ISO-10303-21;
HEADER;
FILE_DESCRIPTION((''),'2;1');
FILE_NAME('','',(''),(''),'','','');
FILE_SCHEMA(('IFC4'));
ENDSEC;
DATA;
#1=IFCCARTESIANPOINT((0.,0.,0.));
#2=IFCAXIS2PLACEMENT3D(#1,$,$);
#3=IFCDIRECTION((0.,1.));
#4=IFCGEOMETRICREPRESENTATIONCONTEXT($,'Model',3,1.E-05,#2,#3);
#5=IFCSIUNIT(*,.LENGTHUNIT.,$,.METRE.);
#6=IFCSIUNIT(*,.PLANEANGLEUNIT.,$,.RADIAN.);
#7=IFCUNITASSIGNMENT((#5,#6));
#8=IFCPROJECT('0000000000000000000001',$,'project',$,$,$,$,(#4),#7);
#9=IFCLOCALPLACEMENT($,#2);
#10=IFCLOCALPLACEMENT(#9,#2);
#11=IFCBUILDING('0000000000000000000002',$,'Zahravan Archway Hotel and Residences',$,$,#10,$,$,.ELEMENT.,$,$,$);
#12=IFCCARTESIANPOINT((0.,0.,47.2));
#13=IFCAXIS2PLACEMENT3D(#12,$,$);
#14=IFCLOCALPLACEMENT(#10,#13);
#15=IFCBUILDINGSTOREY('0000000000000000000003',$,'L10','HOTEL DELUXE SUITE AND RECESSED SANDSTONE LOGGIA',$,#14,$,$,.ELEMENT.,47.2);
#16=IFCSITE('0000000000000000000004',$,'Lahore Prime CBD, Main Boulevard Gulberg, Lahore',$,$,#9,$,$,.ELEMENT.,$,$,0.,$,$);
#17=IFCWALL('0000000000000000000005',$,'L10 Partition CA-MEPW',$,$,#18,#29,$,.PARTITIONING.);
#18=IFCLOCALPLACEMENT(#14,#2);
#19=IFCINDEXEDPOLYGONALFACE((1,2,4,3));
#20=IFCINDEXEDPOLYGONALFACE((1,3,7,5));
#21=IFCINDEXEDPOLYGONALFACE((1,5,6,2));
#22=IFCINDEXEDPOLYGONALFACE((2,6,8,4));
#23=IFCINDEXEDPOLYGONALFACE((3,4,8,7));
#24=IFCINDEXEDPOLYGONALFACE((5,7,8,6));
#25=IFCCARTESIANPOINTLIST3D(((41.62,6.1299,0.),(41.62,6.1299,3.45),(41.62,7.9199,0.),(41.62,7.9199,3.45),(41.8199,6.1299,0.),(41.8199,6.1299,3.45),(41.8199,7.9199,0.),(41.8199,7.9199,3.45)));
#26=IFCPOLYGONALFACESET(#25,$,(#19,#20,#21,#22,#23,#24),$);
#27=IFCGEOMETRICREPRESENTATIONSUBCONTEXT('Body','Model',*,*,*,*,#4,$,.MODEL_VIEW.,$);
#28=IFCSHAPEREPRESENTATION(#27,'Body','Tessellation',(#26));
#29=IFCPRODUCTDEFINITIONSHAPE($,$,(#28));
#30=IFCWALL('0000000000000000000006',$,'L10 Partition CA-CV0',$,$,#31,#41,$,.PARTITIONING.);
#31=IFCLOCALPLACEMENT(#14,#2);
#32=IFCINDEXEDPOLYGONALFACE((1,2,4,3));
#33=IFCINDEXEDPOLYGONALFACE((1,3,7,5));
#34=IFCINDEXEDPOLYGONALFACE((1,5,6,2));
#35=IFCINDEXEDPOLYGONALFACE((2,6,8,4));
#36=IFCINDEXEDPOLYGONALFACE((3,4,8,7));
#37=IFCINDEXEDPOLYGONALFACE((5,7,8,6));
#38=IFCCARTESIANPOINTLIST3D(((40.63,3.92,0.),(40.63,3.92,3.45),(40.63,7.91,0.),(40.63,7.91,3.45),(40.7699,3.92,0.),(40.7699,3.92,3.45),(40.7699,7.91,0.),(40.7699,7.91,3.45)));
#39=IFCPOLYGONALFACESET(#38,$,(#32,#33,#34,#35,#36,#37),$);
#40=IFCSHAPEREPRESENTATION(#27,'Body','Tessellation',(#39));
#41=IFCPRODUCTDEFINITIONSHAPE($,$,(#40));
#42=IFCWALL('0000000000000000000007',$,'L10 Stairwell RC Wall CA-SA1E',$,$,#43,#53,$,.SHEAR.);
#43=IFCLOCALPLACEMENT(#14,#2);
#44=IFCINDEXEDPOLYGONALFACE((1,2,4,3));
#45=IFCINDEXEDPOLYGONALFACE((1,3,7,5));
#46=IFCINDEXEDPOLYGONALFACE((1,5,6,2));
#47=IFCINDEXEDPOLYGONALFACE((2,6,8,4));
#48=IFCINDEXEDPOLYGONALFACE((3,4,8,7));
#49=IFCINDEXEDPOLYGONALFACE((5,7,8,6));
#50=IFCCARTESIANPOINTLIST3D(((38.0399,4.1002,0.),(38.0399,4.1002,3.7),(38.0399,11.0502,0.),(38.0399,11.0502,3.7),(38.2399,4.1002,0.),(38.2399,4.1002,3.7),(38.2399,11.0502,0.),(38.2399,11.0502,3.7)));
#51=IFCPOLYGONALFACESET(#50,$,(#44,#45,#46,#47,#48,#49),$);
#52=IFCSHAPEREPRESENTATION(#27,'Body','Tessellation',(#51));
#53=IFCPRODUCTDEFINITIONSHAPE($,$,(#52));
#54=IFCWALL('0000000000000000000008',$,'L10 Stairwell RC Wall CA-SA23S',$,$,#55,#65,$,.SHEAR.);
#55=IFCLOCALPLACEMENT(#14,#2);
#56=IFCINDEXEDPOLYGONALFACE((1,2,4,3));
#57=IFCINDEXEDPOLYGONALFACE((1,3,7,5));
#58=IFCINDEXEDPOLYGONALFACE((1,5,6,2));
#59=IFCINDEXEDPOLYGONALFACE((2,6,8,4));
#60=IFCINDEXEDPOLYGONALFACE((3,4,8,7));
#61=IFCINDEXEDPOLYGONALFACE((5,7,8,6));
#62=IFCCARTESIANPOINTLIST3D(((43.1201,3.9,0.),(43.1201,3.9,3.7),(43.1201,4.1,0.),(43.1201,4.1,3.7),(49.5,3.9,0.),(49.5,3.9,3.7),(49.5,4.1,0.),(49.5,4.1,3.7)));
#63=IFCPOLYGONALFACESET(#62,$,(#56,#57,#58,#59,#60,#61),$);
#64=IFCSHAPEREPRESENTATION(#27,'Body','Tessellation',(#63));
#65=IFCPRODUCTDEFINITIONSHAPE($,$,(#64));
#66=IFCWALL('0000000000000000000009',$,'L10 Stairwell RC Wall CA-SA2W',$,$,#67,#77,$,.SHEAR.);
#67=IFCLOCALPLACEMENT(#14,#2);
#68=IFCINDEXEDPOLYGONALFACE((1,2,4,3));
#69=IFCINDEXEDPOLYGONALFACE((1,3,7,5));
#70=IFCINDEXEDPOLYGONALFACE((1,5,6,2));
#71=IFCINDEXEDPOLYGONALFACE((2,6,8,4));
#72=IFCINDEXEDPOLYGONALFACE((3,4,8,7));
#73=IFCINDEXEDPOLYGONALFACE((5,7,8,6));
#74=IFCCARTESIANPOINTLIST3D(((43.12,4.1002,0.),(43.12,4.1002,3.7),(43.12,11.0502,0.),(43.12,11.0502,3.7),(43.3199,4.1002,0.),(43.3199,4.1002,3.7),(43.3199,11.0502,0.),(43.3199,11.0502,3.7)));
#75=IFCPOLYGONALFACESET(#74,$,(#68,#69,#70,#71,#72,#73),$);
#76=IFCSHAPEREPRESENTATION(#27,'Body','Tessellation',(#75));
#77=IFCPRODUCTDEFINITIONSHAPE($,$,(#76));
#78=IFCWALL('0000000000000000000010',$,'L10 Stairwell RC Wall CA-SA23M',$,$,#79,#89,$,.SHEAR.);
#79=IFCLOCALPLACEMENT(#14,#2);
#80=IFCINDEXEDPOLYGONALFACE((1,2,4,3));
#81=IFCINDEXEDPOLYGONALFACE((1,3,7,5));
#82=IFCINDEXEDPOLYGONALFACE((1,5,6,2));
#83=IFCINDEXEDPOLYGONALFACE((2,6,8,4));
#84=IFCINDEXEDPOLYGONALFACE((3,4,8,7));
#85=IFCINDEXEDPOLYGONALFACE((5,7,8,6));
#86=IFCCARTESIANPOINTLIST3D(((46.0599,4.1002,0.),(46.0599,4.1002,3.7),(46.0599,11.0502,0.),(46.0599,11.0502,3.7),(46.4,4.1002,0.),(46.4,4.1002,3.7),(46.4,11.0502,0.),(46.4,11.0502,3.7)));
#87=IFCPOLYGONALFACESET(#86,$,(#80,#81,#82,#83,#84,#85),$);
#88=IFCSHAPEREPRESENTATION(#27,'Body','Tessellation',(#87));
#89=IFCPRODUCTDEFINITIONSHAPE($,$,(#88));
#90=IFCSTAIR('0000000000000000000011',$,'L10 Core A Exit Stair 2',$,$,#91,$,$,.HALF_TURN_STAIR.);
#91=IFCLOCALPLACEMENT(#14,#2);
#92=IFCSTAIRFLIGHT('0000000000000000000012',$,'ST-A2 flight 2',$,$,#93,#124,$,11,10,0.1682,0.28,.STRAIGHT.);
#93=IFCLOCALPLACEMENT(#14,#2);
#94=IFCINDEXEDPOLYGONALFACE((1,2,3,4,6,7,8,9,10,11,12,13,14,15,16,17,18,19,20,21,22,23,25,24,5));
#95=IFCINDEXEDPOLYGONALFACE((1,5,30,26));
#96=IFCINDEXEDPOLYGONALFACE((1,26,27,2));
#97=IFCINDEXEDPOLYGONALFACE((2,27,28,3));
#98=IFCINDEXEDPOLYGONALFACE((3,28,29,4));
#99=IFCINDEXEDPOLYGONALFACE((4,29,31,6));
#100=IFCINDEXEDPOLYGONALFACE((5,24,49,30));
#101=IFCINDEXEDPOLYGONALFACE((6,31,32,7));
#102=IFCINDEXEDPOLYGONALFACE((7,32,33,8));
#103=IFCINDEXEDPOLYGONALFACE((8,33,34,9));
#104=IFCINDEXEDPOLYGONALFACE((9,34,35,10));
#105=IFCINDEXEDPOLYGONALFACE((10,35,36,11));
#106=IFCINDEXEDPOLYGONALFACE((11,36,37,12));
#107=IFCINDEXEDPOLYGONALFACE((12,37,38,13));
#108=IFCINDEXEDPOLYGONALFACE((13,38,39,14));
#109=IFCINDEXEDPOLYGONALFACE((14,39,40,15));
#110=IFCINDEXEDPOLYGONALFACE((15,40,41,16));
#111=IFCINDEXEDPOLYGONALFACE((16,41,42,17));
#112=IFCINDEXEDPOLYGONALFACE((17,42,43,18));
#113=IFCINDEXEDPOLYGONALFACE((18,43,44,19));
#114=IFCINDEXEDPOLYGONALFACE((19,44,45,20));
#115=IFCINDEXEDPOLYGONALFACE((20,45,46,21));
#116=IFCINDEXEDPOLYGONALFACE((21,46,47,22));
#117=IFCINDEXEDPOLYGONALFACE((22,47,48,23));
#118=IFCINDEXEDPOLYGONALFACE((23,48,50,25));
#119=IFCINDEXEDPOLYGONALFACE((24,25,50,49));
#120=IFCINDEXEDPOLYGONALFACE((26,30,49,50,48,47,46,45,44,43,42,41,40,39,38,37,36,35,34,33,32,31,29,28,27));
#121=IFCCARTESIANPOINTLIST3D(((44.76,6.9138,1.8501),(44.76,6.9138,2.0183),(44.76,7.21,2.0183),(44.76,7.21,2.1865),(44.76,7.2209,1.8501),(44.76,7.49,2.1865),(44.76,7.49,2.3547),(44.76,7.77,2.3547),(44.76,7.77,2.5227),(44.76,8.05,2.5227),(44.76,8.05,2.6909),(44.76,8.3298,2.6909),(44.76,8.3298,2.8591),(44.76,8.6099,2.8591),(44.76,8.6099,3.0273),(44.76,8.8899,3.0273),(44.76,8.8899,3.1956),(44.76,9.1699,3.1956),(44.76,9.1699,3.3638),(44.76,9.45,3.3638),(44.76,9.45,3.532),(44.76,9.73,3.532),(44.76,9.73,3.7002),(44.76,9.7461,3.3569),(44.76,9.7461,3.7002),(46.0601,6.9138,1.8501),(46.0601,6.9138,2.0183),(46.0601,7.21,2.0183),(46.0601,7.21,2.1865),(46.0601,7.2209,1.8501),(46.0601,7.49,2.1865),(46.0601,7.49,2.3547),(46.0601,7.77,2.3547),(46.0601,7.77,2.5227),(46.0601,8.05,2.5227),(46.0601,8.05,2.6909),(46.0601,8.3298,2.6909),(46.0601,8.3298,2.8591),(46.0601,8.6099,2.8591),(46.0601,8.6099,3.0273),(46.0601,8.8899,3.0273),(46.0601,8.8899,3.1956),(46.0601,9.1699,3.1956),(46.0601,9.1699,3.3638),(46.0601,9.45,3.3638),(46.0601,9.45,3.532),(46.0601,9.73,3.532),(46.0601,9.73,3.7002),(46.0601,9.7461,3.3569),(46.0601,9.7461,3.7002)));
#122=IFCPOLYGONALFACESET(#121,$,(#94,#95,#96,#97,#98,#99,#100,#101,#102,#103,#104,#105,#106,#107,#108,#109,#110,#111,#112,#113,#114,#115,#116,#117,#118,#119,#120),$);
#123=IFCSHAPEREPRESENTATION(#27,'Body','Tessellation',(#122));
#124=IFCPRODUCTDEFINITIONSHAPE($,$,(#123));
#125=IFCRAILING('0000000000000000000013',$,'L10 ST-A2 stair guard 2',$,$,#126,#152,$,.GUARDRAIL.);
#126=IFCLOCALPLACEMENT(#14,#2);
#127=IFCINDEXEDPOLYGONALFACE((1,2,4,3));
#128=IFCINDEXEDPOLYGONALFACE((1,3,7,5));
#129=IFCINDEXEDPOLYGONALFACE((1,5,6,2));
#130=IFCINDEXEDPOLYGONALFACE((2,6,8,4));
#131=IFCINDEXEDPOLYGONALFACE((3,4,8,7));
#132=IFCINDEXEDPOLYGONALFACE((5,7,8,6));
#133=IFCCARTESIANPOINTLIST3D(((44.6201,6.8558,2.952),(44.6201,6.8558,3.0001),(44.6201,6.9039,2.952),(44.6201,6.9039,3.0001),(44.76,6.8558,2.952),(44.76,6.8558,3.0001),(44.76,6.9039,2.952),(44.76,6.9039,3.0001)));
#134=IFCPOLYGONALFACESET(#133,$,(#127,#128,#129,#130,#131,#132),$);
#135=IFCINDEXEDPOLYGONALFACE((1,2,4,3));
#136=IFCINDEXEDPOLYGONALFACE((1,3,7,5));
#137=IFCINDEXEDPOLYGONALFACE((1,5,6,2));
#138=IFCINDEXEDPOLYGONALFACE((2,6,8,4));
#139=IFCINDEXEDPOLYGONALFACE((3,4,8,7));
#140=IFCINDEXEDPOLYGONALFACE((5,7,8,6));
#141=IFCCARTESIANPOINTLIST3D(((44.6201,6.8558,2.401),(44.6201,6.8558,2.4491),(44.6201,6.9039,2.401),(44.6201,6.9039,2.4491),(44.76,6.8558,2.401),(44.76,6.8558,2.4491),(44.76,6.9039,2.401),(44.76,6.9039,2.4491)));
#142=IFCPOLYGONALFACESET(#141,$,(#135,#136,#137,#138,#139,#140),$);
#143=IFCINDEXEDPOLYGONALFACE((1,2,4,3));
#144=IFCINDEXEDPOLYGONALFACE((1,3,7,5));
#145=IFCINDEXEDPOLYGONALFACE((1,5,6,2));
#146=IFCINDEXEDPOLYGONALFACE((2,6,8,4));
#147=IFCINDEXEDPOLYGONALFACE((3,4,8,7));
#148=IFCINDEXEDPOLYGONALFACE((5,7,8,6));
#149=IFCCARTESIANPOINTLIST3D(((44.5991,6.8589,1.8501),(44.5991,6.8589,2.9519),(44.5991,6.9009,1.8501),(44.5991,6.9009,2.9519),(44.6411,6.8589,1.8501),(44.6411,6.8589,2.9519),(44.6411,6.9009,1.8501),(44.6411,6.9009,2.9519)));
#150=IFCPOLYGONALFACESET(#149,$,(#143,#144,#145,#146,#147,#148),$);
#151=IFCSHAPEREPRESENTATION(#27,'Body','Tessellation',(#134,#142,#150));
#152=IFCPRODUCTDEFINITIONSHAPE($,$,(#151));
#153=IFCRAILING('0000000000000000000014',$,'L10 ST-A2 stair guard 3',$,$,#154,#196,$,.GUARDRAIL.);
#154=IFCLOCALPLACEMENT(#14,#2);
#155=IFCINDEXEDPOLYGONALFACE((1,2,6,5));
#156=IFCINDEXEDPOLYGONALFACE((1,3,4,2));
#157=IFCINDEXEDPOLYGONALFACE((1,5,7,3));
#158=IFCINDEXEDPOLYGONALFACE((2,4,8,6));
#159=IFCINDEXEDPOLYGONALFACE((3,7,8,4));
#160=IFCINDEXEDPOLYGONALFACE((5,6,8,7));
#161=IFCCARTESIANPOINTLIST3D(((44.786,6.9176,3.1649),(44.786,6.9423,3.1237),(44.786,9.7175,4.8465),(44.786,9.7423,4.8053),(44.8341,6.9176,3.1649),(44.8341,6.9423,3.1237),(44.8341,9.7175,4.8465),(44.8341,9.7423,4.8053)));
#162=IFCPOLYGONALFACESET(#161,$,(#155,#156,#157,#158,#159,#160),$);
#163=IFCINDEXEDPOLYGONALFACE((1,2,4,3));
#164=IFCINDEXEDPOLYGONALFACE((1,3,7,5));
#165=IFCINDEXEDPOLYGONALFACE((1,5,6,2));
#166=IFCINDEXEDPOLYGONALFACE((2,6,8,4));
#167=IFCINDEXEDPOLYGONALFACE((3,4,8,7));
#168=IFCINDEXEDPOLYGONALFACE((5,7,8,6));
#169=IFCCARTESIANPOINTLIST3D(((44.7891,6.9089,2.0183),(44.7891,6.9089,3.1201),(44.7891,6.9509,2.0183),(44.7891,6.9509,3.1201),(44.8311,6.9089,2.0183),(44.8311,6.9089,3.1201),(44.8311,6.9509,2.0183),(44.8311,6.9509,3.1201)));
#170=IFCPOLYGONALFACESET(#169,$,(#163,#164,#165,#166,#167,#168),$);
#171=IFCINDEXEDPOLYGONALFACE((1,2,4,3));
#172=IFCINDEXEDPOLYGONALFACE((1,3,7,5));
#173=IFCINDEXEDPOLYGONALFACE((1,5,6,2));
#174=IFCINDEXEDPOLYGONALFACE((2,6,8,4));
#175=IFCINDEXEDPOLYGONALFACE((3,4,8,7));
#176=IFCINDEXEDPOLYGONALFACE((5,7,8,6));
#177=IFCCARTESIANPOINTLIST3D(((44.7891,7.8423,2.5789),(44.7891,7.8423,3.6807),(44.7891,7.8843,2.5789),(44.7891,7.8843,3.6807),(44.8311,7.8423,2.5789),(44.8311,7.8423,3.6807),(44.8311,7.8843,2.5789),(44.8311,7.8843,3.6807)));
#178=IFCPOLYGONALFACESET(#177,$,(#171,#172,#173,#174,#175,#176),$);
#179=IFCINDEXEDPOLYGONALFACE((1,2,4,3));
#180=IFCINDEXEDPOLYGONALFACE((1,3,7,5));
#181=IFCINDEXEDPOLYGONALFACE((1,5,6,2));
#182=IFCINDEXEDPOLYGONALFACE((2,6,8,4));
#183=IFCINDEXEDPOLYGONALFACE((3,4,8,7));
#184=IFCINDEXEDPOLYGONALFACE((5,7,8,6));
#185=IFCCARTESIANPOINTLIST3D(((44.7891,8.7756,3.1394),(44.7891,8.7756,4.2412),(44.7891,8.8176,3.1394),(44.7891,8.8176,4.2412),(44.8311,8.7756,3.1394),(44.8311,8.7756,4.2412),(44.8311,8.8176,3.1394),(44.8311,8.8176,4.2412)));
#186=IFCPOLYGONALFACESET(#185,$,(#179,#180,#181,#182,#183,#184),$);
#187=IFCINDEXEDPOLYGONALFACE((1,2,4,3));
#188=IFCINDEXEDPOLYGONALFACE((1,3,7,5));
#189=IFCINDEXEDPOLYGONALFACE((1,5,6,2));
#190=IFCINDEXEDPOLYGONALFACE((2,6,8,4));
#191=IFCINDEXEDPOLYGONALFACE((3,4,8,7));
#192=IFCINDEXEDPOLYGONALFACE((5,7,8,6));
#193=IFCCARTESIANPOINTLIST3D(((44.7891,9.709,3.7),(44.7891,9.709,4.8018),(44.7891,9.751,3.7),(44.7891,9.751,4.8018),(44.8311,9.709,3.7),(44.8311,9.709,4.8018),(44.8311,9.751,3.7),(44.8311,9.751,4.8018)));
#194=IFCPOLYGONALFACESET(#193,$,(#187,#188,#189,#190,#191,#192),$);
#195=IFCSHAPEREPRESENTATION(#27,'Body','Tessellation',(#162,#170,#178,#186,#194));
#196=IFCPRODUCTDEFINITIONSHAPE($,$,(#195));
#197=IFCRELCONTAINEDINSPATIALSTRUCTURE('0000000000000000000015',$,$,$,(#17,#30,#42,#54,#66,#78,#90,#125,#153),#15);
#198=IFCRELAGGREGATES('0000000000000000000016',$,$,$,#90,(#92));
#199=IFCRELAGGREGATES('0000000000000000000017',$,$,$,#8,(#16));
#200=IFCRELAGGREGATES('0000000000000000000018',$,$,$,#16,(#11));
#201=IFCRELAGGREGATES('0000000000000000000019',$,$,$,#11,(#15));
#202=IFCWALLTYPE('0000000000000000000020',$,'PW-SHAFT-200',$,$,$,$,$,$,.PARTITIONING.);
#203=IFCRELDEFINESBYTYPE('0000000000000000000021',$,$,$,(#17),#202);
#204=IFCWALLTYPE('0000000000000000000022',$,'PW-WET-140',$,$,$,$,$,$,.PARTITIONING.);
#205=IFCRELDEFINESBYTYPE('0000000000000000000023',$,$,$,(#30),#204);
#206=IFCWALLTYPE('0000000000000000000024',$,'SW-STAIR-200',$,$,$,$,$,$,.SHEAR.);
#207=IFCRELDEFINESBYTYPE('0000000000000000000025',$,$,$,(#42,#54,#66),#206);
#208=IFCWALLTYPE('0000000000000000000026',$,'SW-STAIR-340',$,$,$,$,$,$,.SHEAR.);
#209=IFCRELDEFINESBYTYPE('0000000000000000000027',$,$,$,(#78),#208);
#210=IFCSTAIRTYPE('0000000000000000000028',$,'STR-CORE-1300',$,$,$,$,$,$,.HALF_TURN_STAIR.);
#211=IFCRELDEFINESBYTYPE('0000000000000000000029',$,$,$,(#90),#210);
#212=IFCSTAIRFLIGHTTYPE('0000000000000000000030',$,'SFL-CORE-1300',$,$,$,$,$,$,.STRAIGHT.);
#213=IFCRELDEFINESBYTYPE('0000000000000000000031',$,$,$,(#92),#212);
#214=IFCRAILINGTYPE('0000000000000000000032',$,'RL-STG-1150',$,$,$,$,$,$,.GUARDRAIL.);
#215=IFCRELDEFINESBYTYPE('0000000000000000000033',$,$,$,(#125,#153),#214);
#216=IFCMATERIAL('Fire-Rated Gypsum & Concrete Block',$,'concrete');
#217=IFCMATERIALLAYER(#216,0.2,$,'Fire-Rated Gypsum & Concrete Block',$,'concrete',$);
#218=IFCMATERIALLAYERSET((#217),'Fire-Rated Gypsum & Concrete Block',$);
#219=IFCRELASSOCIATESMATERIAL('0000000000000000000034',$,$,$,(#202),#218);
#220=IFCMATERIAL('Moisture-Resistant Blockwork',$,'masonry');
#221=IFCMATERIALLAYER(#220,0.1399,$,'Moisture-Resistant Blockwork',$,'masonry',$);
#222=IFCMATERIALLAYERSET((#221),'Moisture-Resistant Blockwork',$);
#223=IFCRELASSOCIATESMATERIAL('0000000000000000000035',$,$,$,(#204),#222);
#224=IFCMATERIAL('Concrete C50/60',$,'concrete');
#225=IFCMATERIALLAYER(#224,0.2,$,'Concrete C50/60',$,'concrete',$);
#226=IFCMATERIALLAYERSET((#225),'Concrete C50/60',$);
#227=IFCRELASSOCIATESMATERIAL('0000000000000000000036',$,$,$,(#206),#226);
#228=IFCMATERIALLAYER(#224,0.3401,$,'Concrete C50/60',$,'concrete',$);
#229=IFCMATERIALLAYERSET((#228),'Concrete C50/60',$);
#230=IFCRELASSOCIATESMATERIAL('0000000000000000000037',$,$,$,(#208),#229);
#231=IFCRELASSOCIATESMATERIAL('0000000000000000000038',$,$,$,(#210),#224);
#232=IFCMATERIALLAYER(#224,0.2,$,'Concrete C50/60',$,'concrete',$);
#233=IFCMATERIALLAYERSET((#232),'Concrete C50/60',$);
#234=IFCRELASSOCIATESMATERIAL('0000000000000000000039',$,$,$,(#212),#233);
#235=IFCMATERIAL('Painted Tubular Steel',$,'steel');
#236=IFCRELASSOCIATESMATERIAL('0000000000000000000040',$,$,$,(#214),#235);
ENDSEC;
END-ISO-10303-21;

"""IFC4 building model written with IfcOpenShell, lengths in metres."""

from ifc_helpers import new_model, si_unit, direction, frame, frame_2d, origin, origin_2d, place, context, subcontext, project, spatial, polyline, rectangle, outline, extrude, source, transform, mapped, material, layer, layer_set, type_object, element, aggregate, save


model = new_model("IFC4")

# Units and contexts
model_context = context("Model", 3, precision=1e-05, world=origin(), true_north=direction((0.0, 1.0)))
body_context = subcontext(model_context, "Body", "Model", "MODEL_VIEW")
ifc_project = project(units=[si_unit("LENGTHUNIT", "METRE"), si_unit("PLANEANGLEUNIT", "RADIAN")], contexts=[model_context])

# Site, building, storey
site_placement = place(None, origin())
site = spatial("IfcSite", under=ifc_project, at=site_placement, Name="Lahore Prime CBD, Main Boulevard Gulberg, Lahore", CompositionType="ELEMENT", RefElevation=0.0)
building_placement = place(site_placement, origin())
building = spatial("IfcBuilding", under=site, at=building_placement, Name="Zahravan Archway Hotel and Residences", CompositionType="ELEMENT")
storey_placement = place(building_placement, frame((0.0, 0.0, 47.2)))
storey = spatial("IfcBuildingStorey", under=building, at=storey_placement, Name="L10", Description="HOTEL DELUXE SUITE AND RECESSED SANDSTONE LOGGIA", CompositionType="ELEMENT", Elevation=47.2)

# Shared definitions
ifc_material_1 = material(Name="Fire-Rated Gypsum & Concrete Block", Category="concrete")
ifc_layer_1 = layer(ifc_material_1, 0.2, Name="Fire-Rated Gypsum & Concrete Block", Category="concrete")
ifc_layer_set_1 = layer_set([ifc_layer_1], Name="Fire-Rated Gypsum & Concrete Block")
wall_type_1 = type_object("IfcWallType", Name="PW-SHAFT-200", PredefinedType="PARTITIONING", material=ifc_layer_set_1)

# Walls
wall_1_placement = place(storey_placement, frame((41.72, 6.1299, 0.0), z_axis=(0.0, 0.0, 1.0), x_axis=(0.0, 1.0, 0.0)))
element("IfcWall", 1, at=wall_1_placement, inside=storey, type_object=wall_type_1, Name="L10 Partition CA-MEPW", PredefinedType="PARTITIONING", context=body_context, shape_type="SweptSolid", body=[
    extrude(rectangle(XDim=1.79, YDim=0.2, at=frame_2d((0.895, 0.0))), origin(), (0.0, 0.0, 1.0), 3.45),
])
ifc_material_2 = material(Name="Moisture-Resistant Blockwork", Category="masonry")
ifc_layer_2 = layer(ifc_material_2, 0.1399, Name="Moisture-Resistant Blockwork", Category="masonry")
ifc_layer_set_2 = layer_set([ifc_layer_2], Name="Moisture-Resistant Blockwork")
wall_type_2 = type_object("IfcWallType", Name="PW-WET-140", PredefinedType="PARTITIONING", material=ifc_layer_set_2)
wall_2_placement = place(storey_placement, frame((40.7, 3.9199, 0.0), z_axis=(0.0, 0.0, 1.0), x_axis=(0.0, 1.0, 0.0)))
element("IfcWall", 2, at=wall_2_placement, inside=storey, type_object=wall_type_2, Name="L10 Partition CA-CV0", PredefinedType="PARTITIONING", context=body_context, shape_type="SweptSolid", body=[
    extrude(rectangle(XDim=3.99, YDim=0.1399, at=frame_2d((1.9951, 0.0))), origin(), (0.0, 0.0, 1.0), 3.45),
])
ifc_material_3 = material(Name="Concrete C50/60", Category="concrete")
ifc_layer_3 = layer(ifc_material_3, 0.2, Name="Concrete C50/60", Category="concrete")
ifc_layer_set_3 = layer_set([ifc_layer_3], Name="Concrete C50/60")
wall_type_3 = type_object("IfcWallType", Name="SW-STAIR-200", PredefinedType="SHEAR", material=ifc_layer_set_3)
wall_3_placement = place(storey_placement, frame((38.1399, 4.1001, 0.0), z_axis=(0.0, 0.0, 1.0), x_axis=(0.0, 1.0, 0.0)))
element("IfcWall", 3, at=wall_3_placement, inside=storey, type_object=wall_type_3, Name="L10 Stairwell RC Wall CA-SA1E", PredefinedType="SHEAR", context=body_context, shape_type="SweptSolid", body=[
    extrude(rectangle(XDim=6.95, YDim=0.2, at=frame_2d((3.4751, 0.0))), origin(), (0.0, 0.0, 1.0), 3.7),
])
wall_4_placement = place(storey_placement, frame((43.1201, 4.0, 0.0), z_axis=(0.0, 0.0, 1.0), x_axis=(1.0, 0.0, 0.0)))
element("IfcWall", 4, at=wall_4_placement, inside=storey, type_object=wall_type_3, Name="L10 Stairwell RC Wall CA-SA23S", PredefinedType="SHEAR", context=body_context, shape_type="SweptSolid", body=[
    extrude(rectangle(XDim=6.3799, YDim=0.2, at=frame_2d((3.1899, 0.0))), origin(), (0.0, 0.0, 1.0), 3.7),
])
wall_5_placement = place(storey_placement, frame((43.22, 4.1001, 0.0), z_axis=(0.0, 0.0, 1.0), x_axis=(0.0, 1.0, 0.0)))
element("IfcWall", 5, at=wall_5_placement, inside=storey, type_object=wall_type_3, Name="L10 Stairwell RC Wall CA-SA2W", PredefinedType="SHEAR", context=body_context, shape_type="SweptSolid", body=[
    extrude(rectangle(XDim=6.95, YDim=0.2, at=frame_2d((3.4751, 0.0))), origin(), (0.0, 0.0, 1.0), 3.7),
])
ifc_layer_4 = layer(ifc_material_3, 0.3401, Name="Concrete C50/60", Category="concrete")
ifc_layer_set_4 = layer_set([ifc_layer_4], Name="Concrete C50/60")
wall_type_4 = type_object("IfcWallType", Name="SW-STAIR-340", PredefinedType="SHEAR", material=ifc_layer_set_4)
wall_6_placement = place(storey_placement, frame((46.23, 4.1001, 0.0), z_axis=(0.0, 0.0, 1.0), x_axis=(0.0, 1.0, 0.0)))
element("IfcWall", 6, at=wall_6_placement, inside=storey, type_object=wall_type_4, Name="L10 Stairwell RC Wall CA-SA23M", PredefinedType="SHEAR", context=body_context, shape_type="SweptSolid", body=[
    extrude(rectangle(XDim=6.95, YDim=0.3401, at=frame_2d((3.4751, 0.0))), origin(), (0.0, 0.0, 1.0), 3.7),
])

# Stair, stair flight
stair_type = type_object("IfcStairType", Name="STR-CORE-1300", PredefinedType="HALF_TURN_STAIR", material=ifc_material_3)
stair_placement = place(storey_placement, origin())
stair = element("IfcStair", 7, at=stair_placement, inside=storey, type_object=stair_type, Name="L10 Core A Exit Stair 2", PredefinedType="HALF_TURN_STAIR")
ifc_layer_5 = layer(ifc_material_3, 0.2, Name="Concrete C50/60", Category="concrete")
ifc_layer_set_5 = layer_set([ifc_layer_5], Name="Concrete C50/60")
stair_flight_type = type_object("IfcStairFlightType", Name="SFL-CORE-1300", PredefinedType="STRAIGHT", material=ifc_layer_set_5)
shared_shape_1 = source(origin(), body_context, "Body", "SweptSolid", [
    extrude(outline(polyline([(-0.0161, 0.0), (-0.0161, 0.1682), (0.28, 0.1682), (0.28, 0.3364), (0.5601, 0.3364), (0.5601, 0.5046), (0.8401, 0.5046), (0.8401, 0.6726), (1.1201, 0.6726), (1.1201, 0.8408), (1.3999, 0.8408), (1.3999, 1.009), (1.6799, 1.009), (1.6799, 1.1772), (1.96, 1.1772), (1.96, 1.3455), (2.24, 1.3455), (2.24, 1.5137), (2.52, 1.5137), (2.52, 1.6819), (2.8, 1.6819), (2.8, 1.8501), (2.8162, 1.8501), (2.8162, 1.5068), (0.291, 0.0), (-0.0161, 0.0)])), frame((0.0, 0.6499, 0.0), z_axis=(0.0, -1.0, 0.0), x_axis=(1.0, 0.0, 0.0)), (0.0, 0.0, 1.0), 1.3),
])
stair_flight_placement = place(storey_placement, frame((45.4099, 6.9299, 1.8501), z_axis=(0.0, 0.0, 1.0), x_axis=(0.0, 1.0, 0.0)))
stair_flight = element("IfcStairFlight", 8, at=stair_flight_placement, type_object=stair_flight_type, Name="ST-A2 flight 2", NumberOfRisers=11, NumberOfTreads=10, PredefinedType="STRAIGHT", RiserHeight=0.1682, TreadLength=0.28, context=body_context, shape_type="MappedRepresentation", body=[
    mapped(shared_shape_1, transform((0.0, 0.0, 0.0), scale=1.0)),
])
aggregate(stair, [stair_flight])

# Railings
ifc_material_4 = material(Name="Painted Tubular Steel", Category="steel")
railing_type_1 = type_object("IfcRailingType", Name="RL-STG-1150", PredefinedType="GUARDRAIL", material=ifc_material_4)
railing_1_placement = place(storey_placement, frame((44.6201, 6.8799, 1.8501)))
element("IfcRailing", 9, at=railing_1_placement, inside=storey, type_object=railing_type_1, Name="L10 ST-A2 stair guard 2", PredefinedType="GUARDRAIL", context=body_context, shape_type="SweptSolid", body=[
    extrude(rectangle(XDim=0.0481, YDim=0.0481, at=origin_2d()), frame((0.0, 0.0, 1.126), z_axis=(1.0, 0.0, 0.0), x_axis=(0.0, 1.0, 0.0)), (0.0, 0.0, 1.0), 0.1399),
    extrude(rectangle(XDim=0.0481, YDim=0.0481, at=origin_2d()), frame((0.0, 0.0, 0.575), z_axis=(1.0, 0.0, 0.0), x_axis=(0.0, 1.0, 0.0)), (0.0, 0.0, 1.0), 0.1399),
    extrude(rectangle(XDim=0.042, YDim=0.042, at=origin_2d()), origin(), (0.0, 0.0, 1.0), 1.1018),
])
railing_2_placement = place(storey_placement, frame((44.8101, 6.9299, 2.0183)))
element("IfcRailing", 10, at=railing_2_placement, inside=storey, type_object=railing_type_1, Name="L10 ST-A2 stair guard 3", PredefinedType="GUARDRAIL", context=body_context, shape_type="SweptSolid", body=[
    extrude(rectangle(XDim=0.0481, YDim=0.0481, at=origin_2d()), frame((0.0, 0.0, 1.126), z_axis=(0.0, 0.857275, 0.514858), x_axis=(-1.0, 0.0, 0.0)), (0.0, 0.0, 1.0), 3.2661),
    extrude(rectangle(XDim=0.042, YDim=0.042, at=origin_2d()), origin(), (0.0, 0.0, 1.0), 1.1018),
    extrude(rectangle(XDim=0.042, YDim=0.042, at=origin_2d()), frame((0.0, 0.9333, 0.5605)), (0.0, 0.0, 1.0), 1.1018),
    extrude(rectangle(XDim=0.042, YDim=0.042, at=origin_2d()), frame((0.0, 1.8667, 1.1211)), (0.0, 0.0, 1.0), 1.1018),
    extrude(rectangle(XDim=0.042, YDim=0.042, at=origin_2d()), frame((0.0, 2.8, 1.6816)), (0.0, 0.0, 1.0), 1.1018),
])

save(model, "model.ifc")
